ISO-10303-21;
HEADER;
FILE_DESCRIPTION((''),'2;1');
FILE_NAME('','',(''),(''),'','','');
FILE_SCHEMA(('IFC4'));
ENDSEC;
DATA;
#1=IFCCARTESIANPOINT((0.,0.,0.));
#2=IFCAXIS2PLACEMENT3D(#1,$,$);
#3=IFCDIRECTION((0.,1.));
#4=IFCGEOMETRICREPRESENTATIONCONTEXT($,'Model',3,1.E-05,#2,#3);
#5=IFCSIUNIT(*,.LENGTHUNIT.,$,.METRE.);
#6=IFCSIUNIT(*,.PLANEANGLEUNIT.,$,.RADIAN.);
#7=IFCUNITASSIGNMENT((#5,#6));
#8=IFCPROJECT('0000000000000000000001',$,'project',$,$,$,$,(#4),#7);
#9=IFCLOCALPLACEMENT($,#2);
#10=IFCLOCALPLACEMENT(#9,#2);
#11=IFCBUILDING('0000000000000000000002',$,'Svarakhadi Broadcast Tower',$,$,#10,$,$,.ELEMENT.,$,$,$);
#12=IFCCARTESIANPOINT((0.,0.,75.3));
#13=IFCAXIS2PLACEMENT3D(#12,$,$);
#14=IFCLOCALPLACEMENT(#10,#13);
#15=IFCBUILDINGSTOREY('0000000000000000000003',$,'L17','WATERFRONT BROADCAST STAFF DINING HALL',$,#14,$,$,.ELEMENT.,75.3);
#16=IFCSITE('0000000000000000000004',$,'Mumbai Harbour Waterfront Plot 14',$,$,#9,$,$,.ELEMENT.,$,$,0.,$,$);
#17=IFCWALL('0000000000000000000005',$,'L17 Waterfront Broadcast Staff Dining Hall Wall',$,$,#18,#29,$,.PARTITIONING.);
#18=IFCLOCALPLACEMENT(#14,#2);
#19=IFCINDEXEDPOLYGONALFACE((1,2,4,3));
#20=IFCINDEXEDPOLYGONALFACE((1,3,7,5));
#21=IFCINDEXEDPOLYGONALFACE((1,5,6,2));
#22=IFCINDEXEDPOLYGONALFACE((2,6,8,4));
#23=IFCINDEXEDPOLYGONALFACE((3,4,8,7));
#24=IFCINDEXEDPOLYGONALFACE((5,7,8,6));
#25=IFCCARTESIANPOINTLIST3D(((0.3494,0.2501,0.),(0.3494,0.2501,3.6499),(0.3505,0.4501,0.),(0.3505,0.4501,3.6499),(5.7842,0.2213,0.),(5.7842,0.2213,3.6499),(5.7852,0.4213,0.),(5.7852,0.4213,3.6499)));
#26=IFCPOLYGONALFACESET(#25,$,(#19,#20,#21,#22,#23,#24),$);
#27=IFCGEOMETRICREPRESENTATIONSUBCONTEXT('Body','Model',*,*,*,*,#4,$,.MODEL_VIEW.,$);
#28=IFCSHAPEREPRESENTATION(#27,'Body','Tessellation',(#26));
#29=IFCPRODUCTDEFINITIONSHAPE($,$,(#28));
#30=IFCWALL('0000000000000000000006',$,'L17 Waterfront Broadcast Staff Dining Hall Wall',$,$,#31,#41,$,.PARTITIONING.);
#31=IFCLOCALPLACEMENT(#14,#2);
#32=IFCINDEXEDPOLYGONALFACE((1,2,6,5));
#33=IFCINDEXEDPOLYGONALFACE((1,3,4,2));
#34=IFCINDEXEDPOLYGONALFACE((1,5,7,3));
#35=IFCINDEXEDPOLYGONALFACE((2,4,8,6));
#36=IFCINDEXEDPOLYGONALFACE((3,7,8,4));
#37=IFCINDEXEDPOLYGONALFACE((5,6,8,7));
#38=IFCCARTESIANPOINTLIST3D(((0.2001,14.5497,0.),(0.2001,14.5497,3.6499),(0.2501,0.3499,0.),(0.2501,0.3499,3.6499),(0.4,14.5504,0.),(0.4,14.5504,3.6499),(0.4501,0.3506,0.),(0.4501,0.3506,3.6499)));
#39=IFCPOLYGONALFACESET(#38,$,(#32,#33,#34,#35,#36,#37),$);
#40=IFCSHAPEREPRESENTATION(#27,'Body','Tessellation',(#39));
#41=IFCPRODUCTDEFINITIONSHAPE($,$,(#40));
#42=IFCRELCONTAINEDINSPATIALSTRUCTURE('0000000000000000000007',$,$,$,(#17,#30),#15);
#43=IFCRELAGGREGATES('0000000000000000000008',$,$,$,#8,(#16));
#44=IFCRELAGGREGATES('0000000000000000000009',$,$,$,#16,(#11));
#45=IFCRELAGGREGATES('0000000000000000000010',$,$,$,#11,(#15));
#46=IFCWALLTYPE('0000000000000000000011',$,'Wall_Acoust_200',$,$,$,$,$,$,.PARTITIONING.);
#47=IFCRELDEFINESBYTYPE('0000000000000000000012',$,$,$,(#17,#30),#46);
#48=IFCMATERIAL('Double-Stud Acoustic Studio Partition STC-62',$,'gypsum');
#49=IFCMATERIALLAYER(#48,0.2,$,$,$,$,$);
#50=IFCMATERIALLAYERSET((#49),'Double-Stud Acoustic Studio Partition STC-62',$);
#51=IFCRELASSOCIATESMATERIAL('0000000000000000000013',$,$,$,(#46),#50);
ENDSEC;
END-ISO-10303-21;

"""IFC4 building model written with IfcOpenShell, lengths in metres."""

from ifc_helpers import new_model, si_unit, direction, frame, frame_2d, origin, place, context, subcontext, project, spatial, rectangle, extrude, material, layer, layer_set, type_object, element, save


model = new_model("IFC4")

# Units and contexts
model_context = context("Model", 3, precision=1e-05, world=origin(), true_north=direction((0.0, 1.0)))
body_context = subcontext(model_context, "Body", "Model", "MODEL_VIEW")
ifc_project = project(units=[si_unit("LENGTHUNIT", "METRE"), si_unit("PLANEANGLEUNIT", "RADIAN")], contexts=[model_context])

# Site, building, storey
site_placement = place(None, origin())
site = spatial("IfcSite", under=ifc_project, at=site_placement, Name="Mumbai Harbour Waterfront Plot 14", CompositionType="ELEMENT", RefElevation=0.0)
building_placement = place(site_placement, origin())
building = spatial("IfcBuilding", under=site, at=building_placement, Name="Svarakhadi Broadcast Tower", CompositionType="ELEMENT")
storey_placement = place(building_placement, frame((0.0, 0.0, 75.3)))
storey = spatial("IfcBuildingStorey", under=building, at=storey_placement, Name="L17", Description="WATERFRONT BROADCAST STAFF DINING HALL", CompositionType="ELEMENT", Elevation=75.3)

# Walls
ifc_material_1 = material(Name="Double-Stud Acoustic Studio Partition STC-62", Category="gypsum")
ifc_layer_1 = layer(ifc_material_1, 0.2)
ifc_layer_set_1 = layer_set([ifc_layer_1], Name="Double-Stud Acoustic Studio Partition STC-62")
wall_type = type_object("IfcWallType", Name="Wall_Acoust_200", PredefinedType="PARTITIONING", material=ifc_layer_set_1)
wall_1_placement = place(storey_placement, frame((0.3501, 0.3501, 0.0), z_axis=(0.0, 0.0, 1.0), x_axis=(0.999986, -0.005301, 0.0)))
element("IfcWall", 1, at=wall_1_placement, inside=storey, type_object=wall_type, Name="L17 Waterfront Broadcast Staff Dining Hall Wall", PredefinedType="PARTITIONING", context=body_context, shape_type="SweptSolid", body=[
    extrude(rectangle(XDim=5.4348, YDim=0.2, at=frame_2d((2.7173, 0.0))), origin(), (0.0, 0.0, 1.0), 3.6499),
])
wall_2_placement = place(storey_placement, frame((0.3501, 0.3501, 0.0), z_axis=(0.0, 0.0, 1.0), x_axis=(-0.003525, 0.999994, 0.0)))
element("IfcWall", 2, at=wall_2_placement, inside=storey, type_object=wall_type, Name="L17 Waterfront Broadcast Staff Dining Hall Wall", PredefinedType="PARTITIONING", context=body_context, shape_type="SweptSolid", body=[
    extrude(rectangle(XDim=14.2, YDim=0.2, at=frame_2d((7.1001, 0.0))), origin(), (0.0, 0.0, 1.0), 3.6499),
])

save(model, "model.ifc")
